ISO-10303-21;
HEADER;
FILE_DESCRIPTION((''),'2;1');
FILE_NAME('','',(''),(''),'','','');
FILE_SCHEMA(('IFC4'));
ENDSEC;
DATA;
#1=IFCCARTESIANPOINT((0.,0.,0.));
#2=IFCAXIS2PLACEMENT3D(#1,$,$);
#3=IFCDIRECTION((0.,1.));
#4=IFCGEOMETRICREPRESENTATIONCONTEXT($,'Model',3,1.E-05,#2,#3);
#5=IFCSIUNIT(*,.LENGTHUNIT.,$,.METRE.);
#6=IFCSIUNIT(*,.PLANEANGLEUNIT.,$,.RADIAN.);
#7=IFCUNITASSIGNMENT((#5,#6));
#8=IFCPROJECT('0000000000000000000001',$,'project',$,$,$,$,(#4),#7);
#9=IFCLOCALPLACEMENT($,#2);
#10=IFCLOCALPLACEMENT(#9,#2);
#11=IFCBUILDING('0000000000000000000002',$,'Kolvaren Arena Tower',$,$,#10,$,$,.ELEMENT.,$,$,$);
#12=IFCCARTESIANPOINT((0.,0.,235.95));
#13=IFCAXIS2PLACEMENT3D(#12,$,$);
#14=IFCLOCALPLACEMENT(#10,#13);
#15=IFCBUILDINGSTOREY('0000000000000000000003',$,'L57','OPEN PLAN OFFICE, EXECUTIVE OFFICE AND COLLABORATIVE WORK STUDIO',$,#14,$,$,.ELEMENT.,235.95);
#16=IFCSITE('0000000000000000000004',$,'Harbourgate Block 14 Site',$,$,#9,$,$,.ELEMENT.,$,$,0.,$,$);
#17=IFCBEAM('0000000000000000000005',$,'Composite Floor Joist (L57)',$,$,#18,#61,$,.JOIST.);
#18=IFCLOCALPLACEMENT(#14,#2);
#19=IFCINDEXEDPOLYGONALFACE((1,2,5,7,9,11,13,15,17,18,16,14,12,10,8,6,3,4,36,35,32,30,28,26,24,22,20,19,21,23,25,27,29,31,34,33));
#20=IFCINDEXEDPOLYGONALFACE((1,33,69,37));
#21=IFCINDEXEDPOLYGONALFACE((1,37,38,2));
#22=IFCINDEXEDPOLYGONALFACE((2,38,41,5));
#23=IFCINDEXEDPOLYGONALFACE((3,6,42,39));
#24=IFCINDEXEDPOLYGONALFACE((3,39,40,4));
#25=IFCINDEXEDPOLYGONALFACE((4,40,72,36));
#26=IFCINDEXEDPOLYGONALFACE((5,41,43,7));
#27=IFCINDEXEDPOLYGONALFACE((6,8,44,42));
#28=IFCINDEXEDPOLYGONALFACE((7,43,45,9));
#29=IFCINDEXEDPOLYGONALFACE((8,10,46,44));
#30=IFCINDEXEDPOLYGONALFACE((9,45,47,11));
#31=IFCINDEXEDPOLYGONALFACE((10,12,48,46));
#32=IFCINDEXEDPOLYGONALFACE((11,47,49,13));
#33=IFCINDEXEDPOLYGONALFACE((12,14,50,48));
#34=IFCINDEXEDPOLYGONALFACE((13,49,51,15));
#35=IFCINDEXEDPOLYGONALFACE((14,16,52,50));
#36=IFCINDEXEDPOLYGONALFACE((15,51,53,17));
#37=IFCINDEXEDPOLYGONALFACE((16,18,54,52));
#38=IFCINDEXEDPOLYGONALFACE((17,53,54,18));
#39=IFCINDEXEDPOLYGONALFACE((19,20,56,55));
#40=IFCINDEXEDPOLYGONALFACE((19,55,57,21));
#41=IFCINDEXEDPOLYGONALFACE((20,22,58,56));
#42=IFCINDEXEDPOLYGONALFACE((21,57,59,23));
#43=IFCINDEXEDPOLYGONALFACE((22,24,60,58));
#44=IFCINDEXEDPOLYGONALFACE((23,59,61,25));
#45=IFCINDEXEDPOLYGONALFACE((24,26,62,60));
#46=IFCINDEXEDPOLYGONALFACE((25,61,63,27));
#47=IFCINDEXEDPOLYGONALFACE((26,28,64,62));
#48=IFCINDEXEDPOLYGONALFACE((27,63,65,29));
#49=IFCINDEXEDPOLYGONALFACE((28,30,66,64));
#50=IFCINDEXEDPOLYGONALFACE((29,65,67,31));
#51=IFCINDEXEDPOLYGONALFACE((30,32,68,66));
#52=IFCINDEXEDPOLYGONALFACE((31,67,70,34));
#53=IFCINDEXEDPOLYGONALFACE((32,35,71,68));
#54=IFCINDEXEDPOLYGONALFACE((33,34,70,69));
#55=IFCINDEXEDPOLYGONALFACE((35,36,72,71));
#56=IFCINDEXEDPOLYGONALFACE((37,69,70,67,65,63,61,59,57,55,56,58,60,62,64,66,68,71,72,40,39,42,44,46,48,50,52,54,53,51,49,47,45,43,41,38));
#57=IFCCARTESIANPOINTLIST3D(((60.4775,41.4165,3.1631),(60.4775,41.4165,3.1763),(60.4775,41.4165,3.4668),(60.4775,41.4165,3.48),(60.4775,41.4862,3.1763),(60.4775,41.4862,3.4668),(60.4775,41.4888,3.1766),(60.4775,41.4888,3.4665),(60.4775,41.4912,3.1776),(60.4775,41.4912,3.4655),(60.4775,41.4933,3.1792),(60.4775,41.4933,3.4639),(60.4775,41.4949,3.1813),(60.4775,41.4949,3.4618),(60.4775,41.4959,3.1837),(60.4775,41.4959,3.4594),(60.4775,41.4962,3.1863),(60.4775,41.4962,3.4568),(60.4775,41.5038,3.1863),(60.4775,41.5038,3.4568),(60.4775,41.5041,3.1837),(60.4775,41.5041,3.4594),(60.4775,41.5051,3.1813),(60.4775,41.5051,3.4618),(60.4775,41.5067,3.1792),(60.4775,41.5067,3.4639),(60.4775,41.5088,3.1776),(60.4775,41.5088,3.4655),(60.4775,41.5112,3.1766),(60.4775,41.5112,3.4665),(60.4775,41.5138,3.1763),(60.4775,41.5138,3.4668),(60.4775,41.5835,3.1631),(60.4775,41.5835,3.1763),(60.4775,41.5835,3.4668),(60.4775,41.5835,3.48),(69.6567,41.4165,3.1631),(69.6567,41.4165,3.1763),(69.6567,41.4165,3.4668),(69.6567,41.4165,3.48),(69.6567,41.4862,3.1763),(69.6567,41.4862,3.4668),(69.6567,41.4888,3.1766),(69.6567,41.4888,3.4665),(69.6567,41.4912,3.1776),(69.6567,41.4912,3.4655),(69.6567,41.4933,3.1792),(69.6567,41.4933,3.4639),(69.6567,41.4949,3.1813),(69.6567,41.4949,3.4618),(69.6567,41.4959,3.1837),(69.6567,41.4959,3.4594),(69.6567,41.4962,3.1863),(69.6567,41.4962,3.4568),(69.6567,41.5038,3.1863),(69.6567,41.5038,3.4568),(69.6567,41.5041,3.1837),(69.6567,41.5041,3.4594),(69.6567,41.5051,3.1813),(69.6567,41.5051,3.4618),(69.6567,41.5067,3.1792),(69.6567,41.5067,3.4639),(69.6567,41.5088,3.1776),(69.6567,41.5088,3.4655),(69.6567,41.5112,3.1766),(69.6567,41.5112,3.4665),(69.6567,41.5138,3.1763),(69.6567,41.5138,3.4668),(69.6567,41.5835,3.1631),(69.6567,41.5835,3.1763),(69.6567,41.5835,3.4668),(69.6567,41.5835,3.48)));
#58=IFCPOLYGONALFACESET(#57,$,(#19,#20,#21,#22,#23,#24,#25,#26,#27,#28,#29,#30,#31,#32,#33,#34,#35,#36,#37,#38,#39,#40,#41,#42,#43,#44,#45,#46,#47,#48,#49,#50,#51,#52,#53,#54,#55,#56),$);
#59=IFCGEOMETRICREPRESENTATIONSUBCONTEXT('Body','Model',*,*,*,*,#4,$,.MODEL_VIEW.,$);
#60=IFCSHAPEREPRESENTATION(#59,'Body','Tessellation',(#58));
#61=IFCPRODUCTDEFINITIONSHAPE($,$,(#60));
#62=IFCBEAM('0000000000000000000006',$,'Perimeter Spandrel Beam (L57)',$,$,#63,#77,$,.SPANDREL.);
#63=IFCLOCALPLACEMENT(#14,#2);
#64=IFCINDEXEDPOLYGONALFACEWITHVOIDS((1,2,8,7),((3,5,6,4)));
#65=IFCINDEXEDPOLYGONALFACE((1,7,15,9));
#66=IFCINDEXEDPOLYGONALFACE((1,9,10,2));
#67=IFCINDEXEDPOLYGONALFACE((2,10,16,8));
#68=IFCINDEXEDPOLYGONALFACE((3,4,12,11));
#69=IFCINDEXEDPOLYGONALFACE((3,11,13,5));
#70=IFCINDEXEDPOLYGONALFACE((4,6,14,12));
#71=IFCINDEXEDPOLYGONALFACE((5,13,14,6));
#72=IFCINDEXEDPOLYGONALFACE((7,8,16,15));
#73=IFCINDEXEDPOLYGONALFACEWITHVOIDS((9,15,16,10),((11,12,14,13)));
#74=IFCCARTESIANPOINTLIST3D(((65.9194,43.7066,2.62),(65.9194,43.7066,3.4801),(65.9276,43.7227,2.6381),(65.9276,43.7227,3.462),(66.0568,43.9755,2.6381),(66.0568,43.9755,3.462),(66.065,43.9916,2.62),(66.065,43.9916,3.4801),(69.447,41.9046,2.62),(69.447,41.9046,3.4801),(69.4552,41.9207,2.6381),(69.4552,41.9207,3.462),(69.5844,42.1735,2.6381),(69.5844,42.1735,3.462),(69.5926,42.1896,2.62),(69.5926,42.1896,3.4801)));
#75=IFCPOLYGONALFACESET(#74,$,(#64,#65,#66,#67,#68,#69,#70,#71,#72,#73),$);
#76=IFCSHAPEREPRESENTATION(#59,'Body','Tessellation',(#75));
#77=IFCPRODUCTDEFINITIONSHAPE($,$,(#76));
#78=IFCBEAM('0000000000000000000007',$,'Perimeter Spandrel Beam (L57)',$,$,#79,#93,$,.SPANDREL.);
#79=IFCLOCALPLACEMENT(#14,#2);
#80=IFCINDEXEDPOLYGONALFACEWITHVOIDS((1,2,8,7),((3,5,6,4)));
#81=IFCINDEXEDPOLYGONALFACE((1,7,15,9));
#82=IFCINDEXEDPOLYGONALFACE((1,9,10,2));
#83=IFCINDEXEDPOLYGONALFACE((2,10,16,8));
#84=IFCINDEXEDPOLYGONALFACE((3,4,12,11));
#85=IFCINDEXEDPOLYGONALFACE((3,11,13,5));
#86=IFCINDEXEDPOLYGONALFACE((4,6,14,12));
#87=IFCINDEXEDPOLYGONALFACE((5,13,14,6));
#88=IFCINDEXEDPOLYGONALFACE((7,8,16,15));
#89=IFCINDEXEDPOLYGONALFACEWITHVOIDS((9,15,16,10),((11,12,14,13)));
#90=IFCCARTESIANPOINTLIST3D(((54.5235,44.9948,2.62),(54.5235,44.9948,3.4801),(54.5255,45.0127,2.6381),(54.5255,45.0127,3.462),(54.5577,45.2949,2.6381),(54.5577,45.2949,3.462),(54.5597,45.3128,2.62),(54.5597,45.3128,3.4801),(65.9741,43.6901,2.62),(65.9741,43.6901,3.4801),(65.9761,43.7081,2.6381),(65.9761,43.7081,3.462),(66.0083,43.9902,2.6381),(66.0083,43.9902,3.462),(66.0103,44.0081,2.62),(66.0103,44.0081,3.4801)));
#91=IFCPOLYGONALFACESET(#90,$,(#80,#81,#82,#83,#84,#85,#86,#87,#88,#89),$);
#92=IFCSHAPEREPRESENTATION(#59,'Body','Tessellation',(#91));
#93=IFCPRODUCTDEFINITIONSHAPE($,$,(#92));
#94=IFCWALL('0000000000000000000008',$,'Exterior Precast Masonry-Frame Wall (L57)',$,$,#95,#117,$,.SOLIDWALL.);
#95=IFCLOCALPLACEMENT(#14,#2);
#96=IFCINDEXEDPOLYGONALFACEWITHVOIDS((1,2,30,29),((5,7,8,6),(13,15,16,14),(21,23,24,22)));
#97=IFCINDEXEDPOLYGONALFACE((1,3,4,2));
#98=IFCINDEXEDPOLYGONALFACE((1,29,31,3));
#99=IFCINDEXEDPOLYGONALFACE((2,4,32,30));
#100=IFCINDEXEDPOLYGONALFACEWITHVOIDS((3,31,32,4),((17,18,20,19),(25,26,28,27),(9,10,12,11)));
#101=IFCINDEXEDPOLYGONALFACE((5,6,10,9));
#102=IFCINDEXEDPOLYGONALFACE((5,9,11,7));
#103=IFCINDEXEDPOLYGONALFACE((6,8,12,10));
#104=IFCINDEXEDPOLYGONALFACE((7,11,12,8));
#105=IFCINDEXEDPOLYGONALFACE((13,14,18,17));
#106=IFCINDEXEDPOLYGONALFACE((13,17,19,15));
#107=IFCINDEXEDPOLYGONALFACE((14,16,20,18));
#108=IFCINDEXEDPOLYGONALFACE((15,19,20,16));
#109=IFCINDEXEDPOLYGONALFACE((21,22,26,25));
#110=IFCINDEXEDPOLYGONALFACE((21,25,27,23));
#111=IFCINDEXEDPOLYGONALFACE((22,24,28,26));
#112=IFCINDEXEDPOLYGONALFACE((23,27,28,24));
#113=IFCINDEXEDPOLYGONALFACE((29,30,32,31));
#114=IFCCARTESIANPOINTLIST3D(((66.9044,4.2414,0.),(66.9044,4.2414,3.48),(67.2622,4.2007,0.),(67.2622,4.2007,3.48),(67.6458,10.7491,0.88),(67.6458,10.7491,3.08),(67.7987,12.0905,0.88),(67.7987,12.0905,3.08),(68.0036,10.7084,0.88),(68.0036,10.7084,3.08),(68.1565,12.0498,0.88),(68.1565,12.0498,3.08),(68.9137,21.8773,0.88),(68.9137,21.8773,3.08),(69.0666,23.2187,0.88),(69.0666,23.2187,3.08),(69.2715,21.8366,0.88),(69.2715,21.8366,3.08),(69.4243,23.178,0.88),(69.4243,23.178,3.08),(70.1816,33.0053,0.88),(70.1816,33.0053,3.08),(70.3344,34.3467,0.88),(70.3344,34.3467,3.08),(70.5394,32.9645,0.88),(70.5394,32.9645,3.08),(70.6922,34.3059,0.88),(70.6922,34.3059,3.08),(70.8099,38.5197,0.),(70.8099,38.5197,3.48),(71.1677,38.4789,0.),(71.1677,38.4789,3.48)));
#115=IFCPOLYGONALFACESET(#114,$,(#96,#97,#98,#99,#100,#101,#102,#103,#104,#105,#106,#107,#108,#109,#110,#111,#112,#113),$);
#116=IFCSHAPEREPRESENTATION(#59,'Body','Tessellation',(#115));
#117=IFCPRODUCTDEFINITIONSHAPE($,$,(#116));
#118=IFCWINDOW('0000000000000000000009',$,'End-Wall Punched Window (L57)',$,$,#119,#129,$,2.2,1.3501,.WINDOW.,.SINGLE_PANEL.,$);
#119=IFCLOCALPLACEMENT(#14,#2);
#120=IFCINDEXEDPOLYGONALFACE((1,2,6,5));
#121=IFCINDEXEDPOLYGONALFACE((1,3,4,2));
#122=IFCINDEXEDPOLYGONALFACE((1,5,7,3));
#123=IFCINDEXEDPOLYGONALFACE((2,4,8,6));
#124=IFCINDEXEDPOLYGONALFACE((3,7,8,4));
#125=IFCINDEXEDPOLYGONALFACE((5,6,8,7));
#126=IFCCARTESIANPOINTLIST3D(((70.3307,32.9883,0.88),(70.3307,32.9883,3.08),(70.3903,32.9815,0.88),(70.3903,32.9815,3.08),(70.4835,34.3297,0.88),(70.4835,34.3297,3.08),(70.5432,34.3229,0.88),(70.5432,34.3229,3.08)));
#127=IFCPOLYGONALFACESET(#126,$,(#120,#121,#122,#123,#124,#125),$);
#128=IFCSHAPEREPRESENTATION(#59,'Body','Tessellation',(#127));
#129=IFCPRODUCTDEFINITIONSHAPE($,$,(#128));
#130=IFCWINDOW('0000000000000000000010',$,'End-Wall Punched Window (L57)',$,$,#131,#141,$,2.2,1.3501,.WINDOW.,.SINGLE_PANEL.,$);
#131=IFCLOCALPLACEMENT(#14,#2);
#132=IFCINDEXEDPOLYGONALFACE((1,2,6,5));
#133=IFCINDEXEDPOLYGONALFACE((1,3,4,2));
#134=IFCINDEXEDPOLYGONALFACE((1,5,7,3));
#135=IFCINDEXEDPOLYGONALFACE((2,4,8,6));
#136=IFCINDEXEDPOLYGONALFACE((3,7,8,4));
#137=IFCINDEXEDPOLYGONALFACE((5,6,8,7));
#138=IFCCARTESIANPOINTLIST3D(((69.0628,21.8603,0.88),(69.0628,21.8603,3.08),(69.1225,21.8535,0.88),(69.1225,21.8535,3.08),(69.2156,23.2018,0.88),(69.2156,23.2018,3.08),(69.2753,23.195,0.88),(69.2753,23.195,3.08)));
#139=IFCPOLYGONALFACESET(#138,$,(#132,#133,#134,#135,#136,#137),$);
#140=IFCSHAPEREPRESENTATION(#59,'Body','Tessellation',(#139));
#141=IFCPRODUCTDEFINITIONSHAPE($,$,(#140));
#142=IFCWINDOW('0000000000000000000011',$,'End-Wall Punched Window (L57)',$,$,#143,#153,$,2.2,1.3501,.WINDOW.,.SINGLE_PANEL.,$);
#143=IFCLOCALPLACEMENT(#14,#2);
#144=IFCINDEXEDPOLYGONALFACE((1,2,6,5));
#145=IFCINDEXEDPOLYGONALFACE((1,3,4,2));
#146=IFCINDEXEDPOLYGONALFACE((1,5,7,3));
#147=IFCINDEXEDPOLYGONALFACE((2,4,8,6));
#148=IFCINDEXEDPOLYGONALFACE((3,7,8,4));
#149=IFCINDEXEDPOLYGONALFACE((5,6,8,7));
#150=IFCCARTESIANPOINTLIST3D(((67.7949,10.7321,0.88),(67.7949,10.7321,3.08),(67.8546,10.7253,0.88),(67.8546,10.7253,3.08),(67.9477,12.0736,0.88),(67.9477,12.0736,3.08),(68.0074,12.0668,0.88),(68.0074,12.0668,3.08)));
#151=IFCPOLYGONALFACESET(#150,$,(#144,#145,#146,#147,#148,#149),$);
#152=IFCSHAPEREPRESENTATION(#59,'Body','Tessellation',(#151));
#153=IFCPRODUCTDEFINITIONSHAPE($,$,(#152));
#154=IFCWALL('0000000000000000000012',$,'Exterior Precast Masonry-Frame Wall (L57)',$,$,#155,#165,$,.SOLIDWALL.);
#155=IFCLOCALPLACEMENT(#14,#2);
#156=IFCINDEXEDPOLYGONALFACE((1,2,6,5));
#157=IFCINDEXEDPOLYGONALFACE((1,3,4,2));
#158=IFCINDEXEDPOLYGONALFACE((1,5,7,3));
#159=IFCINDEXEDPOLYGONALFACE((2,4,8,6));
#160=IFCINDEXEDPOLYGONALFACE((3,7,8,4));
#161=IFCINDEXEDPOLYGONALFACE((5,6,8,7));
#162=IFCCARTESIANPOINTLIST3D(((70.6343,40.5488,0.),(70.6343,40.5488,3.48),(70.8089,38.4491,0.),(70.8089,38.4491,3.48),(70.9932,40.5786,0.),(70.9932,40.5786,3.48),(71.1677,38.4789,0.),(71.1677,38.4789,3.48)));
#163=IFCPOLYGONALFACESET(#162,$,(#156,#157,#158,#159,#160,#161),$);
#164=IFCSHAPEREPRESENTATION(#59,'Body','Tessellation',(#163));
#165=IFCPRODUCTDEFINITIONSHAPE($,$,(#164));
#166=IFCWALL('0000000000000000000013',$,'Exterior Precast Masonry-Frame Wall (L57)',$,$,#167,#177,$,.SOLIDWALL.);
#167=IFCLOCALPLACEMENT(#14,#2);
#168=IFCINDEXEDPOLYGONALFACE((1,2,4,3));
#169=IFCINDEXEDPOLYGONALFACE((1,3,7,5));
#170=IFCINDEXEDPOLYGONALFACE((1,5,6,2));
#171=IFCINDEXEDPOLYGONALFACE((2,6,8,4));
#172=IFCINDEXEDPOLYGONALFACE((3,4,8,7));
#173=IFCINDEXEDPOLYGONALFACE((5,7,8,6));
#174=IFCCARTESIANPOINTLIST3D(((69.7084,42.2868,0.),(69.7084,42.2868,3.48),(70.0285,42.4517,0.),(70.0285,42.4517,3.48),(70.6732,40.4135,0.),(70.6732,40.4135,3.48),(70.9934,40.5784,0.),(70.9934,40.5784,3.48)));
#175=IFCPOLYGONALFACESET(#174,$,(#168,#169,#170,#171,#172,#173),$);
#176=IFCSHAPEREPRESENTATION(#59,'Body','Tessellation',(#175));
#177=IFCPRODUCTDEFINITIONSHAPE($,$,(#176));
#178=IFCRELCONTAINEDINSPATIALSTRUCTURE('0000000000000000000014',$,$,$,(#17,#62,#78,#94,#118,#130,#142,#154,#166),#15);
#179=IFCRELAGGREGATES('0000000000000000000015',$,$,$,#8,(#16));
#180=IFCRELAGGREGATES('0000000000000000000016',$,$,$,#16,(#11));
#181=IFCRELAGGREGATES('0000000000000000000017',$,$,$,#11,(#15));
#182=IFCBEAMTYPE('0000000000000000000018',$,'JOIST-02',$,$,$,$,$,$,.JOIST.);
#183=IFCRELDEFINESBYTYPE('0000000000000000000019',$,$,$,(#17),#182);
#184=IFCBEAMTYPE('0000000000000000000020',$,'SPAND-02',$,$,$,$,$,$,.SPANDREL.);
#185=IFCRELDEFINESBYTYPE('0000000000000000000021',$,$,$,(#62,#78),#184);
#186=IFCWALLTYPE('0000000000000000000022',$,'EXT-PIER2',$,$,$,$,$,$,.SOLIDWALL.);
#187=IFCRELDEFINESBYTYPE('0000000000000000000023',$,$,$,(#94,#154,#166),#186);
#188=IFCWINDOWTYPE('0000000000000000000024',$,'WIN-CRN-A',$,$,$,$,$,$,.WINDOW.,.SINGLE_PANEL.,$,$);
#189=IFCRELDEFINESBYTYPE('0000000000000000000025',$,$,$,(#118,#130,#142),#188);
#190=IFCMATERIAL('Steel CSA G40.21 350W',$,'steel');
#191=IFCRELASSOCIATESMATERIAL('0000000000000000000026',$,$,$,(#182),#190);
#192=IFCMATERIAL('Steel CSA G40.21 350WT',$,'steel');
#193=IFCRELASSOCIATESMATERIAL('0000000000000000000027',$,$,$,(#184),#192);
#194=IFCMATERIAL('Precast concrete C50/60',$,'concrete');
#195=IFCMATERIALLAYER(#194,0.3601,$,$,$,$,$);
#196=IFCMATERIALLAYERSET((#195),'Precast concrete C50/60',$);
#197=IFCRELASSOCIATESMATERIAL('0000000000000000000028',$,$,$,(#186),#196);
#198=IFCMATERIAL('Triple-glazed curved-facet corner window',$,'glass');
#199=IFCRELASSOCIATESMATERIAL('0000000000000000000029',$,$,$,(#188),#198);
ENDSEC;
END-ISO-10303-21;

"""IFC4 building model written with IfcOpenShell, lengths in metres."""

from ifc_helpers import new_model, si_unit, direction, frame, frame_2d, origin, origin_2d, place, context, subcontext, project, spatial, rectangle, hollow_rectangle, i_section, extrude, material, layer, layer_set, material_profile, profile_set, type_object, element, fill, save


model = new_model("IFC4")

# Units and contexts
model_context = context("Model", 3, precision=1e-05, world=origin(), true_north=direction((0.0, 1.0)))
body_context = subcontext(model_context, "Body", "Model", "MODEL_VIEW")
ifc_project = project(units=[si_unit("LENGTHUNIT", "METRE"), si_unit("PLANEANGLEUNIT", "RADIAN")], contexts=[model_context])

# Site, building, storey
site_placement = place(None, origin())
site = spatial("IfcSite", under=ifc_project, at=site_placement, Name="Harbourgate Block 14 Site", CompositionType="ELEMENT", RefElevation=0.0)
building_placement = place(site_placement, origin())
building = spatial("IfcBuilding", under=site, at=building_placement, Name="Kolvaren Arena Tower", CompositionType="ELEMENT")
storey_placement = place(building_placement, frame((0.0, 0.0, 235.95)))
storey = spatial("IfcBuildingStorey", under=building, at=storey_placement, Name="L57", Description="OPEN PLAN OFFICE, EXECUTIVE OFFICE AND COLLABORATIVE WORK STUDIO", CompositionType="ELEMENT", Elevation=235.95)

# Beams
ifc_material_1 = material(Name="Steel CSA G40.21 350W", Category="steel")
ifc_material_profile_1 = material_profile(ifc_material_1, i_section(OverallWidth=0.167, OverallDepth=0.3169, WebThickness=0.0076, FlangeThickness=0.0132, FilletRadius=0.01, at=origin_2d()), Name="W310x52")
ifc_profile_set_1 = profile_set([ifc_material_profile_1], Name="Steel CSA G40.21 350W")
beam_type_1 = type_object("IfcBeamType", Name="JOIST-02", PredefinedType="JOIST", material=ifc_profile_set_1)
beam_1_placement = place(storey_placement, frame((60.4775, 41.5, 3.3215), z_axis=(1.0, 0.0, 0.0), x_axis=(0.0, 1.0, 0.0)))
element("IfcBeam", 1, at=beam_1_placement, inside=storey, type_object=beam_type_1, Name="Composite Floor Joist (L57)", PredefinedType="JOIST", context=body_context, shape_type="SweptSolid", body=[
    extrude(i_section(OverallWidth=0.167, OverallDepth=0.3169, WebThickness=0.0076, FlangeThickness=0.0132, FilletRadius=0.01, at=origin_2d()), origin(), (0.0, 0.0, 1.0), 9.1792),
])
ifc_material_2 = material(Name="Steel CSA G40.21 350WT", Category="steel")
ifc_material_profile_2 = material_profile(ifc_material_2, hollow_rectangle(XDim=0.3201, YDim=0.8601, WallThickness=0.0181, at=origin_2d()), Name="HSS 860x320x18")
ifc_profile_set_2 = profile_set([ifc_material_profile_2], Name="Steel CSA G40.21 350WT")
beam_type_2 = type_object("IfcBeamType", Name="SPAND-02", PredefinedType="SPANDREL", material=ifc_profile_set_2)
beam_2_placement = place(storey_placement, frame((69.5198, 42.0471, 3.05), z_axis=(-0.890536, 0.454913, 0.0), x_axis=(-0.454913, -0.890536, 0.0)))
element("IfcBeam", 2, at=beam_2_placement, inside=storey, type_object=beam_type_2, Name="Perimeter Spandrel Beam (L57)", PredefinedType="SPANDREL", context=body_context, shape_type="SweptSolid", body=[
    extrude(hollow_rectangle(XDim=0.3201, YDim=0.8601, WallThickness=0.0181, at=origin_2d()), origin(), (0.0, 0.0, 1.0), 3.9612),
])
beam_3_placement = place(storey_placement, frame((65.9922, 43.8491, 3.05), z_axis=(-0.993571, 0.113207, 0.0), x_axis=(-0.113207, -0.993571, 0.0)))
element("IfcBeam", 3, at=beam_3_placement, inside=storey, type_object=beam_type_2, Name="Perimeter Spandrel Beam (L57)", PredefinedType="SPANDREL", context=body_context, shape_type="SweptSolid", body=[
    extrude(hollow_rectangle(XDim=0.3201, YDim=0.8601, WallThickness=0.0181, at=origin_2d()), origin(), (0.0, 0.0, 1.0), 11.5247),
])

# Wall, openings, windows
ifc_material_3 = material(Name="Precast concrete C50/60", Category="concrete")
ifc_layer_1 = layer(ifc_material_3, 0.3601)
ifc_layer_set_1 = layer_set([ifc_layer_1], Name="Precast concrete C50/60")
wall_type_1 = type_object("IfcWallType", Name="EXT-PIER2", PredefinedType="SOLIDWALL", material=ifc_layer_set_1)
wall_1_placement = place(storey_placement, frame((70.9888, 38.4993, 0.0), z_axis=(0.0, 0.0, 1.0), x_axis=(-0.113203, -0.993572, 0.0)))
wall_1 = element("IfcWall", 4, at=wall_1_placement, inside=storey, type_object=wall_type_1, Name="Exterior Precast Masonry-Frame Wall (L57)", PredefinedType="SOLIDWALL", context=body_context, shape_type="SweptSolid", body=[
    extrude(rectangle(XDim=34.5, YDim=0.3601, at=frame_2d((17.25, 0.0))), origin(), (0.0, 0.0, 1.0), 3.48),
])
opening_1_placement = place(wall_1_placement, frame((4.2, 0.0, 0.8799)))
opening_1 = element("IfcOpeningElement", 5, at=opening_1_placement, cuts=wall_1, PredefinedType="OPENING", context=body_context, shape_type="SweptSolid", body=[
    extrude(rectangle(XDim=1.3501, YDim=2.2, at=frame_2d((0.675, 1.1001))), frame((0.0, 0.1899, 0.0), z_axis=(0.0, -1.0, 0.0), x_axis=(1.0, 0.0, 0.0)), (0.0, 0.0, 1.0), 0.3801),
])
opening_2_placement = place(wall_1_placement, frame((15.3999, 0.0, 0.8799)))
opening_2 = element("IfcOpeningElement", 6, at=opening_2_placement, cuts=wall_1, PredefinedType="OPENING", context=body_context, shape_type="SweptSolid", body=[
    extrude(rectangle(XDim=1.3501, YDim=2.2, at=frame_2d((0.675, 1.1001))), frame((0.0, 0.1899, 0.0), z_axis=(0.0, -1.0, 0.0), x_axis=(1.0, 0.0, 0.0)), (0.0, 0.0, 1.0), 0.3801),
])
opening_3_placement = place(wall_1_placement, frame((26.6001, 0.0, 0.8799)))
opening_3 = element("IfcOpeningElement", 7, at=opening_3_placement, cuts=wall_1, PredefinedType="OPENING", context=body_context, shape_type="SweptSolid", body=[
    extrude(rectangle(XDim=1.3501, YDim=2.2, at=frame_2d((0.675, 1.1001))), frame((0.0, 0.1899, 0.0), z_axis=(0.0, -1.0, 0.0), x_axis=(1.0, 0.0, 0.0)), (0.0, 0.0, 1.0), 0.3801),
])
ifc_material_4 = material(Name="Triple-glazed curved-facet corner window", Category="glass")
window_type = type_object("IfcWindowType", Name="WIN-CRN-A", PartitioningType="SINGLE_PANEL", PredefinedType="WINDOW", material=ifc_material_4)
window_1_placement = place(opening_1_placement, origin())
window_1 = element("IfcWindow", 8, at=window_1_placement, inside=storey, type_object=window_type, Name="End-Wall Punched Window (L57)", OverallHeight=2.2, OverallWidth=1.3501, PartitioningType="SINGLE_PANEL", PredefinedType="WINDOW", context=body_context, shape_type="SweptSolid", body=[
    extrude(rectangle(XDim=1.3501, YDim=2.2, at=frame_2d((0.675, 1.1001))), frame((0.0, 0.03, 0.0), z_axis=(0.0, -1.0, 0.0), x_axis=(1.0, 0.0, 0.0)), (0.0, 0.0, 1.0), 0.0601),
])
fill(opening_1, window_1)
window_2_placement = place(opening_2_placement, origin())
window_2 = element("IfcWindow", 9, at=window_2_placement, inside=storey, type_object=window_type, Name="End-Wall Punched Window (L57)", OverallHeight=2.2, OverallWidth=1.3501, PartitioningType="SINGLE_PANEL", PredefinedType="WINDOW", context=body_context, shape_type="SweptSolid", body=[
    extrude(rectangle(XDim=1.3501, YDim=2.2, at=frame_2d((0.675, 1.1001))), frame((0.0, 0.03, 0.0), z_axis=(0.0, -1.0, 0.0), x_axis=(1.0, 0.0, 0.0)), (0.0, 0.0, 1.0), 0.0601),
])
fill(opening_2, window_2)
window_3_placement = place(opening_3_placement, origin())
window_3 = element("IfcWindow", 10, at=window_3_placement, inside=storey, type_object=window_type, Name="End-Wall Punched Window (L57)", OverallHeight=2.2, OverallWidth=1.3501, PartitioningType="SINGLE_PANEL", PredefinedType="WINDOW", context=body_context, shape_type="SweptSolid", body=[
    extrude(rectangle(XDim=1.3501, YDim=2.2, at=frame_2d((0.675, 1.1001))), frame((0.0, 0.03, 0.0), z_axis=(0.0, -1.0, 0.0), x_axis=(1.0, 0.0, 0.0)), (0.0, 0.0, 1.0), 0.0601),
])
fill(opening_3, window_3)

# Walls
wall_2_placement = place(storey_placement, frame((70.8137, 40.5637, 0.0), z_axis=(0.0, 0.0, 1.0), x_axis=(0.082854, -0.996562, 0.0)))
element("IfcWall", 11, at=wall_2_placement, inside=storey, type_object=wall_type_1, Name="Exterior Precast Masonry-Frame Wall (L57)", PredefinedType="SOLIDWALL", context=body_context, shape_type="SweptSolid", body=[
    extrude(rectangle(XDim=2.1069, YDim=0.3601, at=frame_2d((1.0535, 0.0))), origin(), (0.0, 0.0, 1.0), 3.48),
])
for number, where, z_axis, x_axis, name in (
    (12, (69.8684, 42.3694, 0.0), (0.0, 0.0, 1.0), (0.457887, -0.88901, 0.0), "Exterior Precast Masonry-Frame Wall (L57)"),
):
    element("IfcWall", number, at=place(storey_placement, frame(where, z_axis=z_axis, x_axis=x_axis)), inside=storey, type_object=wall_type_1, Name=name, PredefinedType="SOLIDWALL", context=body_context, shape_type="SweptSolid", body=[
        extrude(rectangle(XDim=2.1072, YDim=0.3601, at=frame_2d((1.0537, 0.0))), origin(), (0.0, 0.0, 1.0), 3.48),
    ])

save(model, "model.ifc")
